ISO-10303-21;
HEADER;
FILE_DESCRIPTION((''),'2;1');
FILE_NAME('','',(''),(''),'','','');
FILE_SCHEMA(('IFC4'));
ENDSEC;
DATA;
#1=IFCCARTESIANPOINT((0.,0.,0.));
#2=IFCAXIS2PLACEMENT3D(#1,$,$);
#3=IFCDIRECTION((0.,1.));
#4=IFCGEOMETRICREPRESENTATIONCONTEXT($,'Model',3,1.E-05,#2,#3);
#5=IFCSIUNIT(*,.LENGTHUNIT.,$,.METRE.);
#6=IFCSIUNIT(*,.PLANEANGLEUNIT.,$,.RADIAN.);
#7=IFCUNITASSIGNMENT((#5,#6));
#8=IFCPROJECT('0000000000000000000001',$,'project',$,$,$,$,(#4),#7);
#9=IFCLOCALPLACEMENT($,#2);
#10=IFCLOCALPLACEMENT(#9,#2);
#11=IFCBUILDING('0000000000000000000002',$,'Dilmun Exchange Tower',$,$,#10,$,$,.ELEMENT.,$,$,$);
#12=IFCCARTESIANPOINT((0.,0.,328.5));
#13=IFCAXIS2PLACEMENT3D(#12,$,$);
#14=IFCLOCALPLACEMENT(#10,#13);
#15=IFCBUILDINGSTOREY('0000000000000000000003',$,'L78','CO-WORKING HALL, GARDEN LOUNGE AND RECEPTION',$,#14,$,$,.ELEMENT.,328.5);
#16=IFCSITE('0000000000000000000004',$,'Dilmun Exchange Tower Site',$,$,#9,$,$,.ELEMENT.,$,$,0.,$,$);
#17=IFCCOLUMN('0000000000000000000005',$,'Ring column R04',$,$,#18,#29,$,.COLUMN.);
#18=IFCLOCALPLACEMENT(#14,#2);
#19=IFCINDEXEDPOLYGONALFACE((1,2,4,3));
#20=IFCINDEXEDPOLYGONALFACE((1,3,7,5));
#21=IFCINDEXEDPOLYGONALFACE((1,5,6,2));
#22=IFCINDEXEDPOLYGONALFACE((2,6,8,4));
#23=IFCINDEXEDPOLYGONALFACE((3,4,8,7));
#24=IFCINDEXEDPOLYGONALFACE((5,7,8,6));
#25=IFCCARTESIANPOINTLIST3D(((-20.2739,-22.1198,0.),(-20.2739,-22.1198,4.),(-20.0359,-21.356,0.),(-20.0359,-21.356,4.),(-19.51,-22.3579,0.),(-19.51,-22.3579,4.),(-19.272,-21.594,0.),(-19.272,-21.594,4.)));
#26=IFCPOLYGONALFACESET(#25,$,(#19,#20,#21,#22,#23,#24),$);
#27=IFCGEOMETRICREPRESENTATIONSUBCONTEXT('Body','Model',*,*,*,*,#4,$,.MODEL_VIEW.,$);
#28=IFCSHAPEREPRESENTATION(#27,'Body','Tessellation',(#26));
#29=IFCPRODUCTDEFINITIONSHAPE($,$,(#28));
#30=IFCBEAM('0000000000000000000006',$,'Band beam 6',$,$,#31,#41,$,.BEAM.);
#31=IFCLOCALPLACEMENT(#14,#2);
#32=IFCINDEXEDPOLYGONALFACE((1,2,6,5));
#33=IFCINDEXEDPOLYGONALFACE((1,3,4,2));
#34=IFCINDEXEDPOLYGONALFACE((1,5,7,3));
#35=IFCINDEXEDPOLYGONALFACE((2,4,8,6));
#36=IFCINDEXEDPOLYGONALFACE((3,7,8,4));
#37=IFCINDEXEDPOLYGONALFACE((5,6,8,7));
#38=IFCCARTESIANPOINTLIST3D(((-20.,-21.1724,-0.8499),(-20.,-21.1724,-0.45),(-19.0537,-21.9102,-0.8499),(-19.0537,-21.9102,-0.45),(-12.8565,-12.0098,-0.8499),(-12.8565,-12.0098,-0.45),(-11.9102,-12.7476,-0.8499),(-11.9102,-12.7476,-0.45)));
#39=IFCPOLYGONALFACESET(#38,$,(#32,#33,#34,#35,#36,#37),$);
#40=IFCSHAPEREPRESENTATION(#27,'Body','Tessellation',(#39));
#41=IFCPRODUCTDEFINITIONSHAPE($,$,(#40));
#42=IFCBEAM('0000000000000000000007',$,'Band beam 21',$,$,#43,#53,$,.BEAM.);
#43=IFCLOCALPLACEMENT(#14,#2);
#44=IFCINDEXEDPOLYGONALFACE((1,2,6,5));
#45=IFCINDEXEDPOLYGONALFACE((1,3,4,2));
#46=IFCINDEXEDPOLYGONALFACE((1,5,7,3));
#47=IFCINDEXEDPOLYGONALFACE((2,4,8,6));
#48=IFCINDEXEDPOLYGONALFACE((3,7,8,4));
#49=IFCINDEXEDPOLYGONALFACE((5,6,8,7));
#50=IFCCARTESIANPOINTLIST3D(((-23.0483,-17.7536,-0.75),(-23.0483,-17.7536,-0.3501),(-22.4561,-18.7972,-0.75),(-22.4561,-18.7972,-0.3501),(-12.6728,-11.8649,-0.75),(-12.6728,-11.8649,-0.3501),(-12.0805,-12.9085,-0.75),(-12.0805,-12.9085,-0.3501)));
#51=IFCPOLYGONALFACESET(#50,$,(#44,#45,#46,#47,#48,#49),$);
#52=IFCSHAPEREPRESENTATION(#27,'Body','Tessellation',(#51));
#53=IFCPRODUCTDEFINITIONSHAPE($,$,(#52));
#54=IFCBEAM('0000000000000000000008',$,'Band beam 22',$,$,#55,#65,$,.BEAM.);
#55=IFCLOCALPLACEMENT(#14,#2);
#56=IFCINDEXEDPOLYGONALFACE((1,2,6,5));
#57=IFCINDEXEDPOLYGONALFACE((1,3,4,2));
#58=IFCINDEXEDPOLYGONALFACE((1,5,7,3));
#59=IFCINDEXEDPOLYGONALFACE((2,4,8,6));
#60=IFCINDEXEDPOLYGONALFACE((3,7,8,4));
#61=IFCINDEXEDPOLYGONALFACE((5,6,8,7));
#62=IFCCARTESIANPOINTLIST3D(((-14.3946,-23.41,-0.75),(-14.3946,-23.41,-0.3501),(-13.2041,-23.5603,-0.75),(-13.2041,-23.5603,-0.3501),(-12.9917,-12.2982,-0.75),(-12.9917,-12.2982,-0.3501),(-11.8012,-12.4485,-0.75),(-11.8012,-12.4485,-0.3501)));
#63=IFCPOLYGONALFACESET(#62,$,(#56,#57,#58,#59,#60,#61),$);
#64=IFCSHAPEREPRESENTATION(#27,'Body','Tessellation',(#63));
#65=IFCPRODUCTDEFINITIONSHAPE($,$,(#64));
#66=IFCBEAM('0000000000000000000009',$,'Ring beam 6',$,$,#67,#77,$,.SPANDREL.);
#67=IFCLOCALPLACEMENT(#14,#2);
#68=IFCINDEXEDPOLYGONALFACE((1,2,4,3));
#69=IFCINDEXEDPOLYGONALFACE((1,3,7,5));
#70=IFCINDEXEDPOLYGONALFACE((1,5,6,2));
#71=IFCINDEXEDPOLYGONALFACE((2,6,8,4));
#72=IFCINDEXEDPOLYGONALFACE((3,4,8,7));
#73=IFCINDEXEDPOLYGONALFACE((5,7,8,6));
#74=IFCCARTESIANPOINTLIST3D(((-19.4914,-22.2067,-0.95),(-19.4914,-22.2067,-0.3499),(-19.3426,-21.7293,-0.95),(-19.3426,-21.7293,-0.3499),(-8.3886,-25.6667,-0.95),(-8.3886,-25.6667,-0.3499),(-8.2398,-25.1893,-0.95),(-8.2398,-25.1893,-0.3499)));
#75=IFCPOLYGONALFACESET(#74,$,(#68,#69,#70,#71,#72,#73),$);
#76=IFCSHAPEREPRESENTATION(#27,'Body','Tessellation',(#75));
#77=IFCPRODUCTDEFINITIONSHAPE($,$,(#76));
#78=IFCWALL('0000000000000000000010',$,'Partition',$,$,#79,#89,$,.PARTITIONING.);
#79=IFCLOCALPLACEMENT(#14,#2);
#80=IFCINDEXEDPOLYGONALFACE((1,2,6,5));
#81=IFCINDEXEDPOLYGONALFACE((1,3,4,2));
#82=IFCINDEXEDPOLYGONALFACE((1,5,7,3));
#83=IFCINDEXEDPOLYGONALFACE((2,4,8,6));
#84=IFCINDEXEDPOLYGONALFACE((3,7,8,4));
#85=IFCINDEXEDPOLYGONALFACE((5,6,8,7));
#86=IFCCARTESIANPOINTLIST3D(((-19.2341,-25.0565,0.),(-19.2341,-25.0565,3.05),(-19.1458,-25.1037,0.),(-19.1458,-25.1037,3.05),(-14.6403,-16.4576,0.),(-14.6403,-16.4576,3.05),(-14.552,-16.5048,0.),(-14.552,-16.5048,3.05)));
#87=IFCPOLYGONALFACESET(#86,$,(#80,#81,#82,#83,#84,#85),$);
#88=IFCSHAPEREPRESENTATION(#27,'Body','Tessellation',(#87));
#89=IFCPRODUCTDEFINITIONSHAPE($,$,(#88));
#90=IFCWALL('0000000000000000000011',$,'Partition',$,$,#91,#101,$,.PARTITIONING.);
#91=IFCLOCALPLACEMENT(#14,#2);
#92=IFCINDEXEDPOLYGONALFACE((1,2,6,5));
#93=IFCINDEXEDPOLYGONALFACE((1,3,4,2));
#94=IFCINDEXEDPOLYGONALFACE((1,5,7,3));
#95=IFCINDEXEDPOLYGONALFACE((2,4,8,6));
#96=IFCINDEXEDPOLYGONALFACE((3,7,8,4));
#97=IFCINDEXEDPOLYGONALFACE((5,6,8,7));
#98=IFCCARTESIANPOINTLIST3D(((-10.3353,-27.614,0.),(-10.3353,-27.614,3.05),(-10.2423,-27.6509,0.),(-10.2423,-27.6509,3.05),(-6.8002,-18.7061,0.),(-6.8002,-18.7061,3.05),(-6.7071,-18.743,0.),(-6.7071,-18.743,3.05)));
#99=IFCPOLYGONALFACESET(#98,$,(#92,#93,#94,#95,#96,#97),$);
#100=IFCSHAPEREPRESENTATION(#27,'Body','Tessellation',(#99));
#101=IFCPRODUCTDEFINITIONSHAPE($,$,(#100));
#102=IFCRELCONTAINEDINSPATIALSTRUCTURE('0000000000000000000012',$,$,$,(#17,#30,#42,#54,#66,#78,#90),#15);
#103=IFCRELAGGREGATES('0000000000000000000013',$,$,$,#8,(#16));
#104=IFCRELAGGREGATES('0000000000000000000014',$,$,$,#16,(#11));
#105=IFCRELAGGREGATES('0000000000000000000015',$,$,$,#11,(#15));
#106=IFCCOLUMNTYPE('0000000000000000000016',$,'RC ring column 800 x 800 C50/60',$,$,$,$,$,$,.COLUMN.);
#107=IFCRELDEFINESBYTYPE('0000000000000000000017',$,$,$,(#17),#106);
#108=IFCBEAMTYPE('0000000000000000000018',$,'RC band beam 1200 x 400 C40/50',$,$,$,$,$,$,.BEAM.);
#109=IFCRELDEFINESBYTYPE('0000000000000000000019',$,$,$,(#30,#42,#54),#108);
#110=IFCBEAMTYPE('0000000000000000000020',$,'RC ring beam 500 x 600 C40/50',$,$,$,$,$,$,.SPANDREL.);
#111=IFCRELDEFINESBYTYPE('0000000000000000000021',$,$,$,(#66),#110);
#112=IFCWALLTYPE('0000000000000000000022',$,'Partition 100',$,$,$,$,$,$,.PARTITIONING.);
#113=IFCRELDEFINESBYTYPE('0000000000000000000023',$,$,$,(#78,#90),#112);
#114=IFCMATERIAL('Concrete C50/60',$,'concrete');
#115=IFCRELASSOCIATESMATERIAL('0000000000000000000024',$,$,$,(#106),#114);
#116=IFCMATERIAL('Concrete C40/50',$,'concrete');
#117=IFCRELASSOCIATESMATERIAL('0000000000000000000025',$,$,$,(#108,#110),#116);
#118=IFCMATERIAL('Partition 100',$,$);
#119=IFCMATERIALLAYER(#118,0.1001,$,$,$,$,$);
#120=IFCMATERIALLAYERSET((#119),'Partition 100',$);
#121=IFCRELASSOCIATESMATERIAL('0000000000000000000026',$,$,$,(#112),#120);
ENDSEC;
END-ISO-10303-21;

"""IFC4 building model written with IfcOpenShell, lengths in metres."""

from ifc_helpers import new_model, si_unit, direction, frame, frame_2d, origin, origin_2d, place, context, subcontext, project, spatial, rectangle, extrude, material, layer, layer_set, material_profile, profile_set, type_object, element, save


model = new_model("IFC4")

# Units and contexts
model_context = context("Model", 3, precision=1e-05, world=origin(), true_north=direction((0.0, 1.0)))
body_context = subcontext(model_context, "Body", "Model", "MODEL_VIEW")
ifc_project = project(units=[si_unit("LENGTHUNIT", "METRE"), si_unit("PLANEANGLEUNIT", "RADIAN")], contexts=[model_context])

# Site, building, storey
site_placement = place(None, origin())
site = spatial("IfcSite", under=ifc_project, at=site_placement, Name="Dilmun Exchange Tower Site", CompositionType="ELEMENT", RefElevation=0.0)
building_placement = place(site_placement, origin())
building = spatial("IfcBuilding", under=site, at=building_placement, Name="Dilmun Exchange Tower", CompositionType="ELEMENT")
storey_placement = place(building_placement, frame((0.0, 0.0, 328.5)))
storey = spatial("IfcBuildingStorey", under=building, at=storey_placement, Name="L78", Description="CO-WORKING HALL, GARDEN LOUNGE AND RECEPTION", CompositionType="ELEMENT", Elevation=328.5)

# Column
ifc_material_1 = material(Name="Concrete C50/60", Category="concrete")
ifc_material_profile_1 = material_profile(ifc_material_1, rectangle(XDim=0.8, YDim=0.8, at=origin_2d()), Name="800 x 800")
ifc_profile_set_1 = profile_set([ifc_material_profile_1], Name="Concrete C50/60")
column_type = type_object("IfcColumnType", Name="RC ring column 800 x 800 C50/60", PredefinedType="COLUMN", material=ifc_profile_set_1)
column_placement = place(storey_placement, frame((-19.7729, -21.8569, 0.0), z_axis=(0.0, 0.0, 1.0), x_axis=(0.297503, 0.954721, 0.0)))
element("IfcColumn", 1, at=column_placement, inside=storey, type_object=column_type, Name="Ring column R04", PredefinedType="COLUMN", context=body_context, shape_type="SweptSolid", body=[
    extrude(rectangle(XDim=0.8, YDim=0.8, at=origin_2d()), origin(), (0.0, 0.0, 1.0), 4.0),
])

# Beams
ifc_material_2 = material(Name="Concrete C40/50", Category="concrete")
ifc_material_profile_2 = material_profile(ifc_material_2, rectangle(XDim=1.2, YDim=0.3999, at=origin_2d()), Name="1200 x 400")
ifc_profile_set_2 = profile_set([ifc_material_profile_2], Name="Concrete C40/50")
beam_type_1 = type_object("IfcBeamType", Name="RC band beam 1200 x 400 C40/50", PredefinedType="BEAM", material=ifc_profile_set_2)
beam_1_placement = place(storey_placement, frame((-19.5269, -21.5413, -0.6499), z_axis=(0.614857, 0.788639, 0.0), x_axis=(-0.788639, 0.614857, 0.0)))
element("IfcBeam", 2, at=beam_1_placement, inside=storey, type_object=beam_type_1, Name="Band beam 6", PredefinedType="BEAM", context=body_context, shape_type="SweptSolid", body=[
    extrude(rectangle(XDim=1.2, YDim=0.3999, at=origin_2d()), origin(), (0.0, 0.0, 1.0), 11.6182),
])
beam_2_placement = place(storey_placement, frame((-22.7522, -18.2754, -0.55), z_axis=(0.86969, 0.493598, 0.0), x_axis=(-0.493598, 0.86969, 0.0)))
element("IfcBeam", 3, at=beam_2_placement, inside=storey, type_object=beam_type_1, Name="Band beam 21", PredefinedType="BEAM", context=body_context, shape_type="SweptSolid", body=[
    extrude(rectangle(XDim=1.2, YDim=0.3999, at=origin_2d()), origin(), (0.0, 0.0, 1.0), 11.9302),
])
beam_3_placement = place(storey_placement, frame((-13.7993, -23.4851, -0.55), z_axis=(0.125253, 0.992125, 0.0), x_axis=(-0.992125, 0.125253, 0.0)))
element("IfcBeam", 4, at=beam_3_placement, inside=storey, type_object=beam_type_1, Name="Band beam 22", PredefinedType="BEAM", context=body_context, shape_type="SweptSolid", body=[
    extrude(rectangle(XDim=1.2, YDim=0.3999, at=origin_2d()), origin(), (0.0, 0.0, 1.0), 11.2),
])
ifc_material_profile_3 = material_profile(ifc_material_2, rectangle(XDim=0.5, YDim=0.6001, at=origin_2d()), Name="500 x 600")
ifc_profile_set_3 = profile_set([ifc_material_profile_3], Name="Concrete C40/50")
beam_type_2 = type_object("IfcBeamType", Name="RC ring beam 500 x 600 C40/50", PredefinedType="SPANDREL", material=ifc_profile_set_3)
beam_4_placement = place(storey_placement, frame((-19.417, -21.968, -0.6499), z_axis=(0.954716, -0.297518, 0.0), x_axis=(0.297518, 0.954716, 0.0)))
element("IfcBeam", 5, at=beam_4_placement, inside=storey, type_object=beam_type_2, Name="Ring beam 6", PredefinedType="SPANDREL", context=body_context, shape_type="SweptSolid", body=[
    extrude(rectangle(XDim=0.5, YDim=0.6001, at=origin_2d()), origin(), (0.0, 0.0, 1.0), 11.6294),
])

# Walls
ifc_material_3 = material(Name="Partition 100")
ifc_layer = layer(ifc_material_3, 0.1001)
ifc_layer_set = layer_set([ifc_layer], Name="Partition 100")
wall_type = type_object("IfcWallType", Name="Partition 100", PredefinedType="PARTITIONING", material=ifc_layer_set)
wall_1_placement = place(storey_placement, frame((-19.1899, -25.0801, 0.0), z_axis=(0.0, 0.0, 1.0), x_axis=(0.471202, 0.882026, 0.0)))
element("IfcWall", 6, at=wall_1_placement, inside=storey, type_object=wall_type, Name="Partition", PredefinedType="PARTITIONING", context=body_context, shape_type="SweptSolid", body=[
    extrude(rectangle(XDim=9.749, YDim=0.1001, at=frame_2d((4.8745, 0.0))), origin(), (0.0, 0.0, 1.0), 3.05),
])
wall_2_placement = place(storey_placement, frame((-10.2888, -27.6326, 0.0), z_axis=(0.0, 0.0, 1.0), x_axis=(0.368868, 0.929482, 0.0)))
element("IfcWall", 7, at=wall_2_placement, inside=storey, type_object=wall_type, Name="Partition", PredefinedType="PARTITIONING", context=body_context, shape_type="SweptSolid", body=[
    extrude(rectangle(XDim=9.5837, YDim=0.1001, at=frame_2d((4.792, 0.0))), origin(), (0.0, 0.0, 1.0), 3.05),
])

save(model, "model.ifc")
